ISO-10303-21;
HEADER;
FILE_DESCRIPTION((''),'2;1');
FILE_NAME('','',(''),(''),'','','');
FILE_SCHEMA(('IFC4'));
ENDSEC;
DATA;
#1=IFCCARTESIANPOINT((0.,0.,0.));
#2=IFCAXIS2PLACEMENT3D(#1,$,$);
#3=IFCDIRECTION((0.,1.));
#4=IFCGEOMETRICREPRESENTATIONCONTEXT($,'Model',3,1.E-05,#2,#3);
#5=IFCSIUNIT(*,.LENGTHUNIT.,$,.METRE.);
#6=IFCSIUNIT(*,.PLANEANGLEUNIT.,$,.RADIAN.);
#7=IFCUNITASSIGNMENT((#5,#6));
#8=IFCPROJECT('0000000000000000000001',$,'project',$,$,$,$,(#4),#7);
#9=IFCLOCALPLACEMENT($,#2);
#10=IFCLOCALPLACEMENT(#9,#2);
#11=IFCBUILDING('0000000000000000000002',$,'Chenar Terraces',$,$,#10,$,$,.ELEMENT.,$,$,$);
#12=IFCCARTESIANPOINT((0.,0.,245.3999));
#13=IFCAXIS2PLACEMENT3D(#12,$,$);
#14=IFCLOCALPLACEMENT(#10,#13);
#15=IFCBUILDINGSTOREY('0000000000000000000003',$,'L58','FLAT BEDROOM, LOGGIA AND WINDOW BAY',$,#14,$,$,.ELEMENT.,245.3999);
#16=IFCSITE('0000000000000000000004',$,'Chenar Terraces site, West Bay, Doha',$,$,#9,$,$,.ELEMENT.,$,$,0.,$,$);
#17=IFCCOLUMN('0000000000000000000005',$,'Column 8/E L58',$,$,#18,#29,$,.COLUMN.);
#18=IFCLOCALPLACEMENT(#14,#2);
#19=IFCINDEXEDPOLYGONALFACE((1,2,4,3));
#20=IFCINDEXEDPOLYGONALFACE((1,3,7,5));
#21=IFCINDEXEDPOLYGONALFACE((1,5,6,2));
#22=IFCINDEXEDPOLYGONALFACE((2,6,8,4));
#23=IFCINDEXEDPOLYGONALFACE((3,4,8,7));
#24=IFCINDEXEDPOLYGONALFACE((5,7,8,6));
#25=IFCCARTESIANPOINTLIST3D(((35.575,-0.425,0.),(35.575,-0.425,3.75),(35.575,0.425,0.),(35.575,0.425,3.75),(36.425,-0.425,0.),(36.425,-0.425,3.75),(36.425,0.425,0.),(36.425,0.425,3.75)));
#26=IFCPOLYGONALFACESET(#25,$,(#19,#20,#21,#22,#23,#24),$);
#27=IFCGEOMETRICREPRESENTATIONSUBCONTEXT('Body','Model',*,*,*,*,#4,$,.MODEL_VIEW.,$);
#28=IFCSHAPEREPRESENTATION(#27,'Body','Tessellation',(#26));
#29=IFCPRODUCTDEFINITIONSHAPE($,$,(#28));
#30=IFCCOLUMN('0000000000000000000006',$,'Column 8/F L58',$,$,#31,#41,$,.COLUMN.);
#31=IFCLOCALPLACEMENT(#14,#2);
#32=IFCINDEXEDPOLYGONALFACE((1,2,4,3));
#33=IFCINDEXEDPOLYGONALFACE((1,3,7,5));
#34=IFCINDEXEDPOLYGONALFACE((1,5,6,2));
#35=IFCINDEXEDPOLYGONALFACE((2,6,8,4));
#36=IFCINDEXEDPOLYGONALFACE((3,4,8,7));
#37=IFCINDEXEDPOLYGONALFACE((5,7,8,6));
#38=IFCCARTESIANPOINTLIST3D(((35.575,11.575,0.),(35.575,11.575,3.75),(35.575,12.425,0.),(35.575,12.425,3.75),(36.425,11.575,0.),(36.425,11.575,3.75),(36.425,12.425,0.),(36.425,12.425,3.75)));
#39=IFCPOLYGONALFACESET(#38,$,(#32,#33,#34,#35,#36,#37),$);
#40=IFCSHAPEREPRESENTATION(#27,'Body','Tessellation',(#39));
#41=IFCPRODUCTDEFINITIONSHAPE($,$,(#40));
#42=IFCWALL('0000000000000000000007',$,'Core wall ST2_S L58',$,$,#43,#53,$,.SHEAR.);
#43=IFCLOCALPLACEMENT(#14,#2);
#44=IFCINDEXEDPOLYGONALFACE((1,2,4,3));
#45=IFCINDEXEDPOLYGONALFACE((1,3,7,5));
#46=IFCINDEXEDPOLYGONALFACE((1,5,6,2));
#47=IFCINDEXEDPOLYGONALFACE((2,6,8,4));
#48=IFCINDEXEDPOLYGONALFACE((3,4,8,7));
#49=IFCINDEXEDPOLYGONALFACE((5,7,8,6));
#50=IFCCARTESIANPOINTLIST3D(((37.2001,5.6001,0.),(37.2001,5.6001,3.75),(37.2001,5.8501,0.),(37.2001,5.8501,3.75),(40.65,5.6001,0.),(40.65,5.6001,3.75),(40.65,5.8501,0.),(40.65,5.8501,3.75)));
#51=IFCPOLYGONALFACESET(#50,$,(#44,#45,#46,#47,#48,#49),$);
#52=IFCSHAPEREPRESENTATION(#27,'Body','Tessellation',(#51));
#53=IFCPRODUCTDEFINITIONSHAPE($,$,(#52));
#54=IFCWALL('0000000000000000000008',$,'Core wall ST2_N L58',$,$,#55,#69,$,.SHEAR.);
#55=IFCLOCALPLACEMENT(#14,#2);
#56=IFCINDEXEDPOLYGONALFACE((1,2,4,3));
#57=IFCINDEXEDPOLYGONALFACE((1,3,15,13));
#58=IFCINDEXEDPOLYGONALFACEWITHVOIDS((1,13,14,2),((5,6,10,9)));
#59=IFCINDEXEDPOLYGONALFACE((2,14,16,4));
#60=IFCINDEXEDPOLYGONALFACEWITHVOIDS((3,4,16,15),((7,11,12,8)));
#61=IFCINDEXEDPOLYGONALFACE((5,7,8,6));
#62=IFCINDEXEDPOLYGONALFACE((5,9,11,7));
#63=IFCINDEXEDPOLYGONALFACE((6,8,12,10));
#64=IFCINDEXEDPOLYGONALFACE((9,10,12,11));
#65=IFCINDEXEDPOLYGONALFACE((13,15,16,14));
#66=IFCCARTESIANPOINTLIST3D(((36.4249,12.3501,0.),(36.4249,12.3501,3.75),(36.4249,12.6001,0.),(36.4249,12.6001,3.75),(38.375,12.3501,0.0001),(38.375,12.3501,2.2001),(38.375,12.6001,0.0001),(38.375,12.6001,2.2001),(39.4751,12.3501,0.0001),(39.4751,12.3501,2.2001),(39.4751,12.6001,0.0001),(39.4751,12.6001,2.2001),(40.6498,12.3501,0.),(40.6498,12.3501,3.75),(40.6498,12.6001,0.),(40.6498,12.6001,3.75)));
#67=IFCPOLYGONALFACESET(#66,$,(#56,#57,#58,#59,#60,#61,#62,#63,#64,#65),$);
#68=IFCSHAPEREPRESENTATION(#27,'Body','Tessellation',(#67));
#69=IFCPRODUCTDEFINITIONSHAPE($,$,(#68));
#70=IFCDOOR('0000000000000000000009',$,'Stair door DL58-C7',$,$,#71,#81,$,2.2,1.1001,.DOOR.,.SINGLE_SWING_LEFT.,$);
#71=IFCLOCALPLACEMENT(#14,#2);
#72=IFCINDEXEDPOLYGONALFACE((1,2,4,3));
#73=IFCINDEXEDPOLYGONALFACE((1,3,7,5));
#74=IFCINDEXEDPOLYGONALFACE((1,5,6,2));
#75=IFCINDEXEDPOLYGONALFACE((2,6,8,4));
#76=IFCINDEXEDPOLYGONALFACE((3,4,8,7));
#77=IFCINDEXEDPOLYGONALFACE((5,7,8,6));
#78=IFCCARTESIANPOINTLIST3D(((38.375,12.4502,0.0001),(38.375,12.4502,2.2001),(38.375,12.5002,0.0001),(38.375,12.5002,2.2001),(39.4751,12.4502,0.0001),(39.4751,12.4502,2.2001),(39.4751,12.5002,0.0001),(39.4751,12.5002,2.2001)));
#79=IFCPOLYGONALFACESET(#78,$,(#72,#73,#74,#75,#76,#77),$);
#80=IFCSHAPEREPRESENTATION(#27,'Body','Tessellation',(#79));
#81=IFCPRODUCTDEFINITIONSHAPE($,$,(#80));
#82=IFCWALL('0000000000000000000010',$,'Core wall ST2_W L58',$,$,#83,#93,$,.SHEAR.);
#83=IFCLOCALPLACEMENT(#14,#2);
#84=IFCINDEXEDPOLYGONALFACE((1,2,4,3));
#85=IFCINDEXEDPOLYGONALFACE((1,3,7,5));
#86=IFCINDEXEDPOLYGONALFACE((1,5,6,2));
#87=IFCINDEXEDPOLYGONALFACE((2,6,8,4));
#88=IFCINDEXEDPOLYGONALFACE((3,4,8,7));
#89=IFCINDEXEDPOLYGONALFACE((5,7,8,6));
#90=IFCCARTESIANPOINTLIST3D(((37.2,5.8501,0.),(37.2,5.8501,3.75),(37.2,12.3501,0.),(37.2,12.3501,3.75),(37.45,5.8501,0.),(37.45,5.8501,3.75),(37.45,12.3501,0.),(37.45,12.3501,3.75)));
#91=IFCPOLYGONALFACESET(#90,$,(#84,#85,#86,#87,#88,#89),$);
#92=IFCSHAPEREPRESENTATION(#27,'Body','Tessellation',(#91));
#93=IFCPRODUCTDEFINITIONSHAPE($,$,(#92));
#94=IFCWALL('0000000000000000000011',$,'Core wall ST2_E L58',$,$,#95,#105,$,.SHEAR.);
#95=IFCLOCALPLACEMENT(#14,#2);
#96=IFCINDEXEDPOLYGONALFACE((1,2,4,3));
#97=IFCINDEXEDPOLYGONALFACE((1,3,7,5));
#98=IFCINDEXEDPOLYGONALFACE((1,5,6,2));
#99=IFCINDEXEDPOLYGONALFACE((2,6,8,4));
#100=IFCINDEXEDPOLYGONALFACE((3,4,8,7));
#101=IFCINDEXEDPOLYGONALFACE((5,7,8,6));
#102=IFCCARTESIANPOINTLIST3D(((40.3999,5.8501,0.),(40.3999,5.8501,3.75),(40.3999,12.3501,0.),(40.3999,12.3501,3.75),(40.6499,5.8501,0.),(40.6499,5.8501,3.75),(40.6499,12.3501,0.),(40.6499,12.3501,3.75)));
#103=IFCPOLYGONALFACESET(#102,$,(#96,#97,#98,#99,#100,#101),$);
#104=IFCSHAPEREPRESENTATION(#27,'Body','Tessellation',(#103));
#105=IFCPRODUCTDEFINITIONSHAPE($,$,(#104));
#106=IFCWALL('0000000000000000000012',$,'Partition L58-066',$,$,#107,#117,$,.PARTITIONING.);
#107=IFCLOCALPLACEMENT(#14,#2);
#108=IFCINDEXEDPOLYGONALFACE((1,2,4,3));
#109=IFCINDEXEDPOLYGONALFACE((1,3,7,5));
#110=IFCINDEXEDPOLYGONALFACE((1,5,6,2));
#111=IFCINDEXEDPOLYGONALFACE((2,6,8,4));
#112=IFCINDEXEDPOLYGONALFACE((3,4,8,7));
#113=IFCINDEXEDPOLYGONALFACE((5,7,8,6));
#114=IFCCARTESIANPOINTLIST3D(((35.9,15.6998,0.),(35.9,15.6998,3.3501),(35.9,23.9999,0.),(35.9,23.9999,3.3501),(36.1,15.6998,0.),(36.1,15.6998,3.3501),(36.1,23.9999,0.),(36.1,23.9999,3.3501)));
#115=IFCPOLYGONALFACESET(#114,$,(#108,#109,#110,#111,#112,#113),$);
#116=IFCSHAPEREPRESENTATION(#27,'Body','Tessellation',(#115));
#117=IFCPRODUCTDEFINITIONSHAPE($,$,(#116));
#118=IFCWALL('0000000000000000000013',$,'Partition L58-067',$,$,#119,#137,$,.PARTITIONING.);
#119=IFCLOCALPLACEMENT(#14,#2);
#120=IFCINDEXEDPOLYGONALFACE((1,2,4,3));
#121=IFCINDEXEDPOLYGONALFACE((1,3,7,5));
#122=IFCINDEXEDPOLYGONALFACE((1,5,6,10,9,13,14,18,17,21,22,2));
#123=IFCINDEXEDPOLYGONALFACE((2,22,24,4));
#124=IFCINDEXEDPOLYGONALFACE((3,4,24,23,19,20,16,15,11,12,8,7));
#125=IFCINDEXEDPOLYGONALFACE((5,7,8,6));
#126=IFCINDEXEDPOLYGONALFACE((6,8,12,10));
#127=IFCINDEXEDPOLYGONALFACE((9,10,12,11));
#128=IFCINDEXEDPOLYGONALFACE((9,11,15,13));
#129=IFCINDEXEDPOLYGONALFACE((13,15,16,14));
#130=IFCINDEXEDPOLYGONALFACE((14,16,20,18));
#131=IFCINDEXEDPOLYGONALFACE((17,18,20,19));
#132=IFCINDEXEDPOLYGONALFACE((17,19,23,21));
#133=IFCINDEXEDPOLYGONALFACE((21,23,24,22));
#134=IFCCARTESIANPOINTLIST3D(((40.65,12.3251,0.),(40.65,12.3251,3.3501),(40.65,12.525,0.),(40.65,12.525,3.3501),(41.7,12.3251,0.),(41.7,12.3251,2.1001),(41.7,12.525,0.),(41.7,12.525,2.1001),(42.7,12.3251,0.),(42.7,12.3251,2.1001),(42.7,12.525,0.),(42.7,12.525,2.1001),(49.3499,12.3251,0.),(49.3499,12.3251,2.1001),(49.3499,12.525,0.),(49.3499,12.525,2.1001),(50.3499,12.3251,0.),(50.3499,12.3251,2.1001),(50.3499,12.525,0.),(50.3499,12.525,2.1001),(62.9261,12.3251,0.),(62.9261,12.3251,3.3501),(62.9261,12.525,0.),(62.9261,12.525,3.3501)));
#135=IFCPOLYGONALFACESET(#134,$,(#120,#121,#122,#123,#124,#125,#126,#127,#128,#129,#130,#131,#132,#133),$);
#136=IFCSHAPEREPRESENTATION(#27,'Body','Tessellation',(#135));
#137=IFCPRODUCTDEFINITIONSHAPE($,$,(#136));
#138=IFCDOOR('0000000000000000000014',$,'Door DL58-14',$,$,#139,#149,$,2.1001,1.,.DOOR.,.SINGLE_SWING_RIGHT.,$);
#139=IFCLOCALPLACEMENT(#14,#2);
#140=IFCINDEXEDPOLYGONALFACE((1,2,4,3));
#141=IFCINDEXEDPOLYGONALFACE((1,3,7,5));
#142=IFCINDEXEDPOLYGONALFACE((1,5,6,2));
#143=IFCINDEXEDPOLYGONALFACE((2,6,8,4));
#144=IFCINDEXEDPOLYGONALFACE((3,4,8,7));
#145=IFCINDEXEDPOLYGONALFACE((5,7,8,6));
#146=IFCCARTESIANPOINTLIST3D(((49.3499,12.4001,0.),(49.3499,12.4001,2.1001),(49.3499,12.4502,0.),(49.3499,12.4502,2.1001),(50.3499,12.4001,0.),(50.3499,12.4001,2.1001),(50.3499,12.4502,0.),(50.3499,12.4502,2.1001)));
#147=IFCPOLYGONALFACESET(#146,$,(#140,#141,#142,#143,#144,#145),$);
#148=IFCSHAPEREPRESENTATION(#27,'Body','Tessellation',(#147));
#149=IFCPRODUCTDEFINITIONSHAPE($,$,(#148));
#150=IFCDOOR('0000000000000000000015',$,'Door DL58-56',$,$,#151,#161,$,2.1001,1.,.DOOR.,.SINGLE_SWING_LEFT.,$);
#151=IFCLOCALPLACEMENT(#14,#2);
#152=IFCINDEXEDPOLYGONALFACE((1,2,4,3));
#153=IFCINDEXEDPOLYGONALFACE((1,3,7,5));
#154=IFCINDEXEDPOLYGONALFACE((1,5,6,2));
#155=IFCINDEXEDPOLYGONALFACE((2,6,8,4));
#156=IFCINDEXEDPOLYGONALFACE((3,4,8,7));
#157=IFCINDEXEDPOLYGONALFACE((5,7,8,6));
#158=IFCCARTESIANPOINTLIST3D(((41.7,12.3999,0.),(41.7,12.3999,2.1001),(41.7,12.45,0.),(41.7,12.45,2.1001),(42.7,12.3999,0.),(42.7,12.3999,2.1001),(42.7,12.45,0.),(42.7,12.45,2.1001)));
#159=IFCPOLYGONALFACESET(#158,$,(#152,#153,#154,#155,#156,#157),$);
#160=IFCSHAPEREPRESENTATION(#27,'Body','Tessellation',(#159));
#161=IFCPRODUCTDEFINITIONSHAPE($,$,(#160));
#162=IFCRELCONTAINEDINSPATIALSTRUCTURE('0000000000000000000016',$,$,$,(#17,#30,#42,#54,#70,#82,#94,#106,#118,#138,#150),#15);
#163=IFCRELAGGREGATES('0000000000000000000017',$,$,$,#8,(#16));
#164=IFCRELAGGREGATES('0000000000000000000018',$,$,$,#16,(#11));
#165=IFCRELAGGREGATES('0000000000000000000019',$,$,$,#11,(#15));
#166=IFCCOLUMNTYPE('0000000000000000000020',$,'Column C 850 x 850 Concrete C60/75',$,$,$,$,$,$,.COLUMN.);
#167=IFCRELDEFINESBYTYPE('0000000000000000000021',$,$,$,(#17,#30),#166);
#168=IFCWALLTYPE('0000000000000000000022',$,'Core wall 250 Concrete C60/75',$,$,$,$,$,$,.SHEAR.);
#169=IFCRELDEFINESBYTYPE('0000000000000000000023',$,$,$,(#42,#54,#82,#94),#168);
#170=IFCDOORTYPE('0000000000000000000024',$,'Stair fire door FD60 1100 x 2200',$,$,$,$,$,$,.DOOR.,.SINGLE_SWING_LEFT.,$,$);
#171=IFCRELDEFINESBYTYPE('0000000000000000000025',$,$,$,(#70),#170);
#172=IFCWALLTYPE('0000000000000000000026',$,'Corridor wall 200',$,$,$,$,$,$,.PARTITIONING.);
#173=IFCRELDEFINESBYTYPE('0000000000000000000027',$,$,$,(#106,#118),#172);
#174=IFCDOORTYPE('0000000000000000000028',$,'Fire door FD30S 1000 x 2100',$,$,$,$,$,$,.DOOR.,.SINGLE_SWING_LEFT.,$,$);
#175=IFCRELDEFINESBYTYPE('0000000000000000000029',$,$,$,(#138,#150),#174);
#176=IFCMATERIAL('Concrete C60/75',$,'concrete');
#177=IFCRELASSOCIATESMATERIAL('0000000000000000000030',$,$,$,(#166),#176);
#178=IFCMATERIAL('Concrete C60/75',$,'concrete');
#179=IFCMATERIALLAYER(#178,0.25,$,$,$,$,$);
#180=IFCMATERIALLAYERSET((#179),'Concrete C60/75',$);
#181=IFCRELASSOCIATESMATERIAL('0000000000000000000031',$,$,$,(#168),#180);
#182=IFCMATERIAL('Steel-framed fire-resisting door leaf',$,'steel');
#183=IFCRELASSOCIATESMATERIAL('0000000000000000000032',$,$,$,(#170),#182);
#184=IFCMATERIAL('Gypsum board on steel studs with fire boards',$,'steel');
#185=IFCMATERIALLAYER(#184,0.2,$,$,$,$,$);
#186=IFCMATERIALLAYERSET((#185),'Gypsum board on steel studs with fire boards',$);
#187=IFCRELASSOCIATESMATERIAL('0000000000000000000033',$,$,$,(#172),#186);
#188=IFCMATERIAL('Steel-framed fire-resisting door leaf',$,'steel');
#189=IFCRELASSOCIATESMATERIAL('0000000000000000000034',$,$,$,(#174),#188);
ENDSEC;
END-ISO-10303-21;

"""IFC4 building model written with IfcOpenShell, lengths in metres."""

from ifc_helpers import new_model, si_unit, direction, frame, frame_2d, origin, origin_2d, place, context, subcontext, project, spatial, rectangle, extrude, material, layer, layer_set, material_profile, profile_set, type_object, element, fill, save


model = new_model("IFC4")

# Units and contexts
model_context = context("Model", 3, precision=1e-05, world=origin(), true_north=direction((0.0, 1.0)))
body_context = subcontext(model_context, "Body", "Model", "MODEL_VIEW")
ifc_project = project(units=[si_unit("LENGTHUNIT", "METRE"), si_unit("PLANEANGLEUNIT", "RADIAN")], contexts=[model_context])

# Site, building, storey
site_placement = place(None, origin())
site = spatial("IfcSite", under=ifc_project, at=site_placement, Name="Chenar Terraces site, West Bay, Doha", CompositionType="ELEMENT", RefElevation=0.0)
building_placement = place(site_placement, origin())
building = spatial("IfcBuilding", under=site, at=building_placement, Name="Chenar Terraces", CompositionType="ELEMENT")
storey_placement = place(building_placement, frame((0.0, 0.0, 245.3999)))
storey = spatial("IfcBuildingStorey", under=building, at=storey_placement, Name="L58", Description="FLAT BEDROOM, LOGGIA AND WINDOW BAY", CompositionType="ELEMENT", Elevation=245.3999)

# Columns
ifc_material_1 = material(Name="Concrete C60/75", Category="concrete")
ifc_material_profile_1 = material_profile(ifc_material_1, rectangle(XDim=0.8501, YDim=0.8501, at=origin_2d()), Name="C 850 x 850")
ifc_profile_set_1 = profile_set([ifc_material_profile_1], Name="Concrete C60/75")
column_type = type_object("IfcColumnType", Name="Column C 850 x 850 Concrete C60/75", PredefinedType="COLUMN", material=ifc_profile_set_1)
for number, where, z_axis, x_axis, name in (
    (1, (36.0, 0.0, 0.0), (0.0, 0.0, 1.0), (1.0, 0.0, 0.0), "Column 8/E L58"),
    (2, (36.0, 12.0, 0.0), (0.0, 0.0, 1.0), (1.0, 0.0, 0.0), "Column 8/F L58"),
):
    element("IfcColumn", number, at=place(storey_placement, frame(where, z_axis=z_axis, x_axis=x_axis)), inside=storey, type_object=column_type, Name=name, PredefinedType="COLUMN", context=body_context, shape_type="SweptSolid", body=[
        extrude(rectangle(XDim=0.8501, YDim=0.8501, at=origin_2d()), origin(), (0.0, 0.0, 1.0), 3.75),
    ])

# Wall
ifc_material_2 = material(Name="Concrete C60/75", Category="concrete")
ifc_layer_1 = layer(ifc_material_2, 0.25)
ifc_layer_set_1 = layer_set([ifc_layer_1], Name="Concrete C60/75")
wall_type_1 = type_object("IfcWallType", Name="Core wall 250 Concrete C60/75", PredefinedType="SHEAR", material=ifc_layer_set_1)
wall_1_placement = place(storey_placement, frame((37.2, 5.7251, 0.0), z_axis=(0.0, 0.0, 1.0), x_axis=(1.0, 0.0, 0.0)))
element("IfcWall", 3, at=wall_1_placement, inside=storey, type_object=wall_type_1, Name="Core wall ST2_S L58", PredefinedType="SHEAR", context=body_context, shape_type="SweptSolid", body=[
    extrude(rectangle(XDim=3.45, YDim=0.25, at=frame_2d((1.7251, 0.0))), origin(), (0.0, 0.0, 1.0), 3.75),
])

# Wall, opening, door
wall_2_placement = place(storey_placement, frame((36.425, 12.4751, 0.0), z_axis=(0.0, 0.0, 1.0), x_axis=(1.0, 0.0, 0.0)))
wall_2 = element("IfcWall", 4, at=wall_2_placement, inside=storey, type_object=wall_type_1, Name="Core wall ST2_N L58", PredefinedType="SHEAR", context=body_context, shape_type="SweptSolid", body=[
    extrude(rectangle(XDim=4.2249, YDim=0.25, at=frame_2d((2.1123, 0.0))), origin(), (0.0, 0.0, 1.0), 3.75),
])
opening_1_placement = place(wall_2_placement, frame((1.95, 0.0, 0.0)))
opening_1 = element("IfcOpeningElement", 5, at=opening_1_placement, cuts=wall_2, PredefinedType="OPENING", context=body_context, shape_type="SweptSolid", body=[
    extrude(rectangle(XDim=1.1001, YDim=2.2, at=frame_2d((0.55, 1.1001))), frame((0.0, 0.135, 0.0), z_axis=(0.0, -1.0, 0.0), x_axis=(1.0, 0.0, 0.0)), (0.0, 0.0, 1.0), 0.27),
])
ifc_material_3 = material(Name="Steel-framed fire-resisting door leaf", Category="steel")
door_type_1 = type_object("IfcDoorType", Name="Stair fire door FD60 1100 x 2200", OperationType="SINGLE_SWING_LEFT", PredefinedType="DOOR", material=ifc_material_3)
door_1_placement = place(opening_1_placement, frame((1.1001, 0.0, 0.0), z_axis=(0.0, 0.0, 1.0), x_axis=(-1.0, 0.0, 0.0)))
door_1 = element("IfcDoor", 6, at=door_1_placement, inside=storey, type_object=door_type_1, Name="Stair door DL58-C7", OperationType="SINGLE_SWING_LEFT", OverallHeight=2.2, OverallWidth=1.1001, PredefinedType="DOOR", context=body_context, shape_type="SweptSolid", body=[
    extrude(rectangle(XDim=1.1001, YDim=2.2, at=frame_2d((0.55, 1.1001))), frame((0.0, 0.0249, 0.0), z_axis=(0.0, -1.0, 0.0), x_axis=(1.0, 0.0, 0.0)), (0.0, 0.0, 1.0), 0.05),
])
fill(opening_1, door_1)

# Walls
for number, where, z_axis, x_axis, name in (
    (7, (37.325, 5.8501, 0.0), (0.0, 0.0, 1.0), (0.0, 1.0, 0.0), "Core wall ST2_W L58"),
    (8, (40.5249, 5.8501, 0.0), (0.0, 0.0, 1.0), (0.0, 1.0, 0.0), "Core wall ST2_E L58"),
):
    element("IfcWall", number, at=place(storey_placement, frame(where, z_axis=z_axis, x_axis=x_axis)), inside=storey, type_object=wall_type_1, Name=name, PredefinedType="SHEAR", context=body_context, shape_type="SweptSolid", body=[
        extrude(rectangle(XDim=6.5, YDim=0.25, at=frame_2d((3.25, 0.0))), origin(), (0.0, 0.0, 1.0), 3.75),
    ])
ifc_material_4 = material(Name="Gypsum board on steel studs with fire boards", Category="steel")
ifc_layer_2 = layer(ifc_material_4, 0.2)
ifc_layer_set_2 = layer_set([ifc_layer_2], Name="Gypsum board on steel studs with fire boards")
wall_type_2 = type_object("IfcWallType", Name="Corridor wall 200", PredefinedType="PARTITIONING", material=ifc_layer_set_2)
wall_3_placement = place(storey_placement, frame((36.0, 15.7, 0.0), z_axis=(0.0, 0.0, 1.0), x_axis=(0.0, 1.0, 0.0)))
element("IfcWall", 9, at=wall_3_placement, inside=storey, type_object=wall_type_2, Name="Partition L58-066", PredefinedType="PARTITIONING", context=body_context, shape_type="SweptSolid", body=[
    extrude(rectangle(XDim=8.3, YDim=0.2, at=frame_2d((4.1499, 0.0))), origin(), (0.0, 0.0, 1.0), 3.3501),
])

# Wall, openings, doors
wall_4_placement = place(storey_placement, frame((40.6499, 12.425, 0.0), z_axis=(0.0, 0.0, 1.0), x_axis=(1.0, 0.0, 0.0)))
wall_4 = element("IfcWall", 10, at=wall_4_placement, inside=storey, type_object=wall_type_2, Name="Partition L58-067", PredefinedType="PARTITIONING", context=body_context, shape_type="SweptSolid", body=[
    extrude(rectangle(XDim=22.2761, YDim=0.2, at=frame_2d((11.1382, 0.0))), origin(), (0.0, 0.0, 1.0), 3.3501),
])
opening_2_placement = place(wall_4_placement, frame((8.7, 0.0, 0.0)))
opening_2 = element("IfcOpeningElement", 11, at=opening_2_placement, cuts=wall_4, PredefinedType="OPENING", context=body_context, shape_type="SweptSolid", body=[
    extrude(rectangle(XDim=1.0, YDim=2.1001, at=frame_2d((0.5, 1.05))), frame((0.0, 0.1099, 0.0), z_axis=(0.0, -1.0, 0.0), x_axis=(1.0, 0.0, 0.0)), (0.0, 0.0, 1.0), 0.22),
])
opening_3_placement = place(wall_4_placement, frame((1.05, 0.0, 0.0)))
opening_3 = element("IfcOpeningElement", 12, at=opening_3_placement, cuts=wall_4, PredefinedType="OPENING", context=body_context, shape_type="SweptSolid", body=[
    extrude(rectangle(XDim=1.0, YDim=2.1001, at=frame_2d((0.5, 1.05))), frame((0.0, 0.1099, 0.0), z_axis=(0.0, -1.0, 0.0), x_axis=(1.0, 0.0, 0.0)), (0.0, 0.0, 1.0), 0.22),
])
ifc_material_5 = material(Name="Steel-framed fire-resisting door leaf", Category="steel")
door_type_2 = type_object("IfcDoorType", Name="Fire door FD30S 1000 x 2100", OperationType="SINGLE_SWING_LEFT", PredefinedType="DOOR", material=ifc_material_5)
door_2_placement = place(opening_2_placement, frame((1.0, 0.0, 0.0), z_axis=(0.0, 0.0, 1.0), x_axis=(-1.0, 0.0, 0.0)))
door_2 = element("IfcDoor", 13, at=door_2_placement, inside=storey, type_object=door_type_2, Name="Door DL58-14", OperationType="SINGLE_SWING_RIGHT", OverallHeight=2.1001, OverallWidth=1.0, PredefinedType="DOOR", context=body_context, shape_type="SweptSolid", body=[
    extrude(rectangle(XDim=1.0, YDim=2.1001, at=frame_2d((0.5, 1.05))), frame((0.0, 0.0249, 0.0), z_axis=(0.0, -1.0, 0.0), x_axis=(1.0, 0.0, 0.0)), (0.0, 0.0, 1.0), 0.05),
])
fill(opening_2, door_2)
door_3_placement = place(opening_3_placement, origin())
door_3 = element("IfcDoor", 14, at=door_3_placement, inside=storey, type_object=door_type_2, Name="Door DL58-56", OperationType="SINGLE_SWING_LEFT", OverallHeight=2.1001, OverallWidth=1.0, PredefinedType="DOOR", context=body_context, shape_type="SweptSolid", body=[
    extrude(rectangle(XDim=1.0, YDim=2.1001, at=frame_2d((0.5, 1.05))), frame((0.0, 0.0249, 0.0), z_axis=(0.0, -1.0, 0.0), x_axis=(1.0, 0.0, 0.0)), (0.0, 0.0, 1.0), 0.05),
])
fill(opening_3, door_3)

save(model, "model.ifc")
